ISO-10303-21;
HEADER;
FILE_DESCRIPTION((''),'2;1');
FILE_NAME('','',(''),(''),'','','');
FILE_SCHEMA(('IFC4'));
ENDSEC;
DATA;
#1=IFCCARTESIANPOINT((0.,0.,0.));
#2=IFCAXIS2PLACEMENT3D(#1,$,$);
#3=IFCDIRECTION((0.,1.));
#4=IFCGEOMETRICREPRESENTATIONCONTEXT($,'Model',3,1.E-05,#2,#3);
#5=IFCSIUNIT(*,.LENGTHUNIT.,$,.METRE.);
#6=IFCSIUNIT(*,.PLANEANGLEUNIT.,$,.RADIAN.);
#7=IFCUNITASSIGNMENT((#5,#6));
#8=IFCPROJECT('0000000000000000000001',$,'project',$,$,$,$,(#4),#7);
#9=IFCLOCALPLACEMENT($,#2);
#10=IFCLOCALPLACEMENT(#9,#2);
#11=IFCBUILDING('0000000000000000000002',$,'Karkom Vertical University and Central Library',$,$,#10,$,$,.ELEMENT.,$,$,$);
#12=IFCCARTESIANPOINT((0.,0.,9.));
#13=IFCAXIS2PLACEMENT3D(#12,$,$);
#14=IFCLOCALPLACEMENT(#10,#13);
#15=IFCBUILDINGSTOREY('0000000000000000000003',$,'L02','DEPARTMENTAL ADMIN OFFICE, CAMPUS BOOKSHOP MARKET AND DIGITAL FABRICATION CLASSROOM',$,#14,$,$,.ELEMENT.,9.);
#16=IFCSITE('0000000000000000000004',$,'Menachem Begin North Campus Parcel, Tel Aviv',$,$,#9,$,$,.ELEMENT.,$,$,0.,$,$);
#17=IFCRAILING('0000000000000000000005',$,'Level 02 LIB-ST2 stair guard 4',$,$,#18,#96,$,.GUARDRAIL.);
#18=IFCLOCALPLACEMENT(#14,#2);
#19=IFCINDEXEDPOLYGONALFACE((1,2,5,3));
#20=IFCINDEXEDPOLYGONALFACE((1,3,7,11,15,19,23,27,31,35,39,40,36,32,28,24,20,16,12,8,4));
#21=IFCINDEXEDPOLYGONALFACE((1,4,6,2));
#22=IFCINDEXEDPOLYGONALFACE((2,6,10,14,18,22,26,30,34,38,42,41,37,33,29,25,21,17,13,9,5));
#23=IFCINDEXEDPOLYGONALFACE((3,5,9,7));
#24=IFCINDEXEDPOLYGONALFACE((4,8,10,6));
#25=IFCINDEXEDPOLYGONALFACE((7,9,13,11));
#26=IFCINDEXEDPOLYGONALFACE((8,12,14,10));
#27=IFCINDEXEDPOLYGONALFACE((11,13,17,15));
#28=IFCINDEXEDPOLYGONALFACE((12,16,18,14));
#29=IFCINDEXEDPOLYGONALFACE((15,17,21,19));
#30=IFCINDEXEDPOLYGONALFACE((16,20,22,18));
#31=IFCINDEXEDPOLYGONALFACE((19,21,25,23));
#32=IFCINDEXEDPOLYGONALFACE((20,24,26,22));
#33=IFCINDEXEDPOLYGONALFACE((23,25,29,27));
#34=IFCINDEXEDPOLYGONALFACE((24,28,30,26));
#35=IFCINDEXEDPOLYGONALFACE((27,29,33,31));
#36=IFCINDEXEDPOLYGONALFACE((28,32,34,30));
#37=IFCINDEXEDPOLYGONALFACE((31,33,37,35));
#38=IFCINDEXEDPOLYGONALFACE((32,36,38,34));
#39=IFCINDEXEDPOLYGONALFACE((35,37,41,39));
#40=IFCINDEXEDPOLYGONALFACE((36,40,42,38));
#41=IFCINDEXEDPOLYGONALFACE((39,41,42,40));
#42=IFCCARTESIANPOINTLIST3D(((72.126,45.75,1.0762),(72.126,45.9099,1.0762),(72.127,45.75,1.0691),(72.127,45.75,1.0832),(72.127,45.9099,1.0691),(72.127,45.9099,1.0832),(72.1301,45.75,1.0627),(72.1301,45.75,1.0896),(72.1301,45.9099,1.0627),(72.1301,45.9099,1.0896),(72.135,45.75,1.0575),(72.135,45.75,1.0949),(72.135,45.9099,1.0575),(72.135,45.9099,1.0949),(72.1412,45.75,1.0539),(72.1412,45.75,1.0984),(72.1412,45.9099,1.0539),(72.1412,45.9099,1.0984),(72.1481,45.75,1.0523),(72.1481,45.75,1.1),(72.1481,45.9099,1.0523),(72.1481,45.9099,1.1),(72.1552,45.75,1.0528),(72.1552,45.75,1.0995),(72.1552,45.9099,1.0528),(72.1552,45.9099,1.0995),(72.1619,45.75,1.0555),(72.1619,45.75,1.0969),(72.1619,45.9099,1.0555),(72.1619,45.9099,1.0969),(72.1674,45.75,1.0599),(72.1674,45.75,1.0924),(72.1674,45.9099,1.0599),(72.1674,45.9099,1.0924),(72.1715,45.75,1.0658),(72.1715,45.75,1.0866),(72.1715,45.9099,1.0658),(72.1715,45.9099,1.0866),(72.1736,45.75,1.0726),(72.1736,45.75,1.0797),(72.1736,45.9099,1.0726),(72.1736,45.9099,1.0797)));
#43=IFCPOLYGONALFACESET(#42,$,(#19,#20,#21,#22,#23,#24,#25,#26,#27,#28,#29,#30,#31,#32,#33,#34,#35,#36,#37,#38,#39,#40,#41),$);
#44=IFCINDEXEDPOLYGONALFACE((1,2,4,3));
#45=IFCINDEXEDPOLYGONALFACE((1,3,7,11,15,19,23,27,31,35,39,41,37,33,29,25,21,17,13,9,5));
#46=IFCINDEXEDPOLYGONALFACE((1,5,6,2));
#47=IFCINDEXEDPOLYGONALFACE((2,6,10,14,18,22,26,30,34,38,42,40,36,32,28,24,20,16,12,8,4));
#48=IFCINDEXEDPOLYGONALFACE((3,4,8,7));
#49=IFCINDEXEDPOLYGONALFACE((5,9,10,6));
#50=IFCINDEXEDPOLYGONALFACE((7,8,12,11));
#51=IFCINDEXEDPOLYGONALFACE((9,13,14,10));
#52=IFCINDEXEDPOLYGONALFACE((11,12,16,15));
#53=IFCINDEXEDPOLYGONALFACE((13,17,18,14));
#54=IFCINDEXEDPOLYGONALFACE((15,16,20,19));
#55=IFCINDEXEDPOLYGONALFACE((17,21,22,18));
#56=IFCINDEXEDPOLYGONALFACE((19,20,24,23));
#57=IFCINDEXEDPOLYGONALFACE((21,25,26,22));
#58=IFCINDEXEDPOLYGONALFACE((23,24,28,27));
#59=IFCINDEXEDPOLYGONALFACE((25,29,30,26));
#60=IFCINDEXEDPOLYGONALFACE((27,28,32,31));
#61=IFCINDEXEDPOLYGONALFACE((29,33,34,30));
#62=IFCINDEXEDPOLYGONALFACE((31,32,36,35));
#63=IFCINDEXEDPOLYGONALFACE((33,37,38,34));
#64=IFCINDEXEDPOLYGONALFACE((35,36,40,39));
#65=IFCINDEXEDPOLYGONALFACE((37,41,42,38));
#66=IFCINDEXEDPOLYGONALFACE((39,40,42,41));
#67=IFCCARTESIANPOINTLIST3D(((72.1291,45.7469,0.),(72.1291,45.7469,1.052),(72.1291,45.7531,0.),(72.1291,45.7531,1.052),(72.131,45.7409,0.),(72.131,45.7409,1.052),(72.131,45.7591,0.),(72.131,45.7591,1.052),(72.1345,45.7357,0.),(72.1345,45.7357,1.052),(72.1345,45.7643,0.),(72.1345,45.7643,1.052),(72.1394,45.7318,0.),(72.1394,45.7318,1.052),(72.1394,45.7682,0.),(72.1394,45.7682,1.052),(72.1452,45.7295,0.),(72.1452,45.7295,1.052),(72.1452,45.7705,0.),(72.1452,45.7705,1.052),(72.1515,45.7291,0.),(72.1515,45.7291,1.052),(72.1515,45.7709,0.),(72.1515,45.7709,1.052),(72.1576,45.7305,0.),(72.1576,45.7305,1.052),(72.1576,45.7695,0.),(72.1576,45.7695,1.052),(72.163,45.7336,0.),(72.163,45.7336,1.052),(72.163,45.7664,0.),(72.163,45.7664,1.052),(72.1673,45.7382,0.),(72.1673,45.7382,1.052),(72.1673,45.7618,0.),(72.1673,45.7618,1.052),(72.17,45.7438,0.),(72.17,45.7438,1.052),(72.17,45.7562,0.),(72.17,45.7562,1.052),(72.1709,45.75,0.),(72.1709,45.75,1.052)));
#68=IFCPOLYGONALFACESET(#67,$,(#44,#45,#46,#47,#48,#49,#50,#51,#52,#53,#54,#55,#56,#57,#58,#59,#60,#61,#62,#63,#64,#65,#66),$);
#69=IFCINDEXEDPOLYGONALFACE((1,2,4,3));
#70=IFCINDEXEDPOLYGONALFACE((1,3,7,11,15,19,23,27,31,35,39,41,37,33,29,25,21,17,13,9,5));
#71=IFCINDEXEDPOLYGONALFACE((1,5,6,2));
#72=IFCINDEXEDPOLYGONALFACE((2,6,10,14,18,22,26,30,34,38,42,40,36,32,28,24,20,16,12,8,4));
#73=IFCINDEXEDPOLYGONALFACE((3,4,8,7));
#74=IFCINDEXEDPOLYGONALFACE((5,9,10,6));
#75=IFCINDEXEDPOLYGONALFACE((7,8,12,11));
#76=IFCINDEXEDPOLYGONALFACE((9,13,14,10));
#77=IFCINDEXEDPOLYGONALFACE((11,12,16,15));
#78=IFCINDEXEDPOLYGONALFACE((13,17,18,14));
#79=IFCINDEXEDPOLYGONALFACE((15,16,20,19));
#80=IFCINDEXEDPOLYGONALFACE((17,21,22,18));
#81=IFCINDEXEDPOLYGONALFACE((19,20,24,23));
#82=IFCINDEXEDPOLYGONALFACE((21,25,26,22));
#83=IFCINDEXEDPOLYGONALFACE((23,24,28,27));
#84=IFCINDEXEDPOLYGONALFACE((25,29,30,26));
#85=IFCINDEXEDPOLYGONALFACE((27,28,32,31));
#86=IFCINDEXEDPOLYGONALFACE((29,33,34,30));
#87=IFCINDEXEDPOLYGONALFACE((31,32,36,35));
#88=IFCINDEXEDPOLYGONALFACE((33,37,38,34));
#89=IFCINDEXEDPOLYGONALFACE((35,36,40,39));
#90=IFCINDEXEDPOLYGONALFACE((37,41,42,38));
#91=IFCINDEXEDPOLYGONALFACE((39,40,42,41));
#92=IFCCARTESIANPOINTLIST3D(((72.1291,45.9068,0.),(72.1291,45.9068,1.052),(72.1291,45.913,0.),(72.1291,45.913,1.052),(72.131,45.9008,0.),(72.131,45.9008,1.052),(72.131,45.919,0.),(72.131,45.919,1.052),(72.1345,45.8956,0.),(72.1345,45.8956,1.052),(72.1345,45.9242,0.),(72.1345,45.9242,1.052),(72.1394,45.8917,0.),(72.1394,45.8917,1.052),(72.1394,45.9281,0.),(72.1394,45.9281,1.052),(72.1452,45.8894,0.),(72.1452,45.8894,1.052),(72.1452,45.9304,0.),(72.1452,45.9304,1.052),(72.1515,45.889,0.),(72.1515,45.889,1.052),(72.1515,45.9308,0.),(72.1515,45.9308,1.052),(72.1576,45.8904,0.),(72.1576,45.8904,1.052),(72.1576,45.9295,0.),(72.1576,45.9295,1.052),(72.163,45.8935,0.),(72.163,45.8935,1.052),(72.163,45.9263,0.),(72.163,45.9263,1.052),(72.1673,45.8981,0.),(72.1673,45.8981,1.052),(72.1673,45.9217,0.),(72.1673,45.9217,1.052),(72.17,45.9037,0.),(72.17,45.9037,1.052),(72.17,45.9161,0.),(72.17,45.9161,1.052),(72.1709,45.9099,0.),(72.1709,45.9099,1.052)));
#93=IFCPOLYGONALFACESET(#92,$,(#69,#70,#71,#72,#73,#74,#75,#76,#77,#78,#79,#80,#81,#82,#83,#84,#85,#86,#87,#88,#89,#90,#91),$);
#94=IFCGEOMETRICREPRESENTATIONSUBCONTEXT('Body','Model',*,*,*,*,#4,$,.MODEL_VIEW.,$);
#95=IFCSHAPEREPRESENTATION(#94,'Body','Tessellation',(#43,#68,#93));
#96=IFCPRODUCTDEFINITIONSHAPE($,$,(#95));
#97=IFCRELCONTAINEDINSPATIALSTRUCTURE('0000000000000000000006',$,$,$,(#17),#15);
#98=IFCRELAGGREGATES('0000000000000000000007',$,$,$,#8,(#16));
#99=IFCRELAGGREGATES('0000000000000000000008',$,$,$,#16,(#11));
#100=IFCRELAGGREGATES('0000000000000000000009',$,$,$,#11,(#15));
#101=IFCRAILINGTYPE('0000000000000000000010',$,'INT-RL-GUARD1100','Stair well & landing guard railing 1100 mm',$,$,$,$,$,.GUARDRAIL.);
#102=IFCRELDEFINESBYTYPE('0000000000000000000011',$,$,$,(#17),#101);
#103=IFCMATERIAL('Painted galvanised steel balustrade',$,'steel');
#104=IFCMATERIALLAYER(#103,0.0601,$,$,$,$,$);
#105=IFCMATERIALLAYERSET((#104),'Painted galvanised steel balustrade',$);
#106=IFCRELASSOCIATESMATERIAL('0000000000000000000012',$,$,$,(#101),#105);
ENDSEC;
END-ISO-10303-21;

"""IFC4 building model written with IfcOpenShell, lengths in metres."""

from ifc_helpers import new_model, si_unit, direction, frame, origin, origin_2d, place, context, subcontext, project, spatial, circle, extrude, material, layer, layer_set, type_object, element, save


model = new_model("IFC4")

# Units and contexts
model_context = context("Model", 3, precision=1e-05, world=origin(), true_north=direction((0.0, 1.0)))
body_context = subcontext(model_context, "Body", "Model", "MODEL_VIEW")
ifc_project = project(units=[si_unit("LENGTHUNIT", "METRE"), si_unit("PLANEANGLEUNIT", "RADIAN")], contexts=[model_context])

# Site, building, storey
site_placement = place(None, origin())
site = spatial("IfcSite", under=ifc_project, at=site_placement, Name="Menachem Begin North Campus Parcel, Tel Aviv", CompositionType="ELEMENT", RefElevation=0.0)
building_placement = place(site_placement, origin())
building = spatial("IfcBuilding", under=site, at=building_placement, Name="Karkom Vertical University and Central Library", CompositionType="ELEMENT")
storey_placement = place(building_placement, frame((0.0, 0.0, 9.0)))
storey = spatial("IfcBuildingStorey", under=building, at=storey_placement, Name="L02", Description="DEPARTMENTAL ADMIN OFFICE, CAMPUS BOOKSHOP MARKET AND DIGITAL FABRICATION CLASSROOM", CompositionType="ELEMENT", Elevation=9.0)

# Railing
ifc_material_1 = material(Name="Painted galvanised steel balustrade", Category="steel")
ifc_layer_1 = layer(ifc_material_1, 0.0601)
ifc_layer_set_1 = layer_set([ifc_layer_1], Name="Painted galvanised steel balustrade")
railing_type_1 = type_object("IfcRailingType", Name="INT-RL-GUARD1100", Description="Stair well & landing guard railing 1100 mm", PredefinedType="GUARDRAIL", material=ifc_layer_set_1)
railing_1_placement = place(storey_placement, frame((72.1499, 45.75, 0.0)))
element("IfcRailing", 1, at=railing_1_placement, inside=storey, type_object=railing_type_1, Name="Level 02 LIB-ST2 stair guard 4", PredefinedType="GUARDRAIL", context=body_context, shape_type="SweptSolid", body=[
    extrude(circle(Radius=0.0239, at=origin_2d()), frame((0.0, 0.0, 1.0762), z_axis=(0.0, 1.0, 0.0), x_axis=(-1.0, 0.0, 0.0)), (0.0, 0.0, 1.0), 0.1599),
    extrude(circle(Radius=0.021, at=origin_2d()), origin(), (0.0, 0.0, 1.0), 1.052),
    extrude(circle(Radius=0.021, at=origin_2d()), frame((0.0, 0.1599, 0.0)), (0.0, 0.0, 1.0), 1.052),
])

save(model, "model.ifc")
